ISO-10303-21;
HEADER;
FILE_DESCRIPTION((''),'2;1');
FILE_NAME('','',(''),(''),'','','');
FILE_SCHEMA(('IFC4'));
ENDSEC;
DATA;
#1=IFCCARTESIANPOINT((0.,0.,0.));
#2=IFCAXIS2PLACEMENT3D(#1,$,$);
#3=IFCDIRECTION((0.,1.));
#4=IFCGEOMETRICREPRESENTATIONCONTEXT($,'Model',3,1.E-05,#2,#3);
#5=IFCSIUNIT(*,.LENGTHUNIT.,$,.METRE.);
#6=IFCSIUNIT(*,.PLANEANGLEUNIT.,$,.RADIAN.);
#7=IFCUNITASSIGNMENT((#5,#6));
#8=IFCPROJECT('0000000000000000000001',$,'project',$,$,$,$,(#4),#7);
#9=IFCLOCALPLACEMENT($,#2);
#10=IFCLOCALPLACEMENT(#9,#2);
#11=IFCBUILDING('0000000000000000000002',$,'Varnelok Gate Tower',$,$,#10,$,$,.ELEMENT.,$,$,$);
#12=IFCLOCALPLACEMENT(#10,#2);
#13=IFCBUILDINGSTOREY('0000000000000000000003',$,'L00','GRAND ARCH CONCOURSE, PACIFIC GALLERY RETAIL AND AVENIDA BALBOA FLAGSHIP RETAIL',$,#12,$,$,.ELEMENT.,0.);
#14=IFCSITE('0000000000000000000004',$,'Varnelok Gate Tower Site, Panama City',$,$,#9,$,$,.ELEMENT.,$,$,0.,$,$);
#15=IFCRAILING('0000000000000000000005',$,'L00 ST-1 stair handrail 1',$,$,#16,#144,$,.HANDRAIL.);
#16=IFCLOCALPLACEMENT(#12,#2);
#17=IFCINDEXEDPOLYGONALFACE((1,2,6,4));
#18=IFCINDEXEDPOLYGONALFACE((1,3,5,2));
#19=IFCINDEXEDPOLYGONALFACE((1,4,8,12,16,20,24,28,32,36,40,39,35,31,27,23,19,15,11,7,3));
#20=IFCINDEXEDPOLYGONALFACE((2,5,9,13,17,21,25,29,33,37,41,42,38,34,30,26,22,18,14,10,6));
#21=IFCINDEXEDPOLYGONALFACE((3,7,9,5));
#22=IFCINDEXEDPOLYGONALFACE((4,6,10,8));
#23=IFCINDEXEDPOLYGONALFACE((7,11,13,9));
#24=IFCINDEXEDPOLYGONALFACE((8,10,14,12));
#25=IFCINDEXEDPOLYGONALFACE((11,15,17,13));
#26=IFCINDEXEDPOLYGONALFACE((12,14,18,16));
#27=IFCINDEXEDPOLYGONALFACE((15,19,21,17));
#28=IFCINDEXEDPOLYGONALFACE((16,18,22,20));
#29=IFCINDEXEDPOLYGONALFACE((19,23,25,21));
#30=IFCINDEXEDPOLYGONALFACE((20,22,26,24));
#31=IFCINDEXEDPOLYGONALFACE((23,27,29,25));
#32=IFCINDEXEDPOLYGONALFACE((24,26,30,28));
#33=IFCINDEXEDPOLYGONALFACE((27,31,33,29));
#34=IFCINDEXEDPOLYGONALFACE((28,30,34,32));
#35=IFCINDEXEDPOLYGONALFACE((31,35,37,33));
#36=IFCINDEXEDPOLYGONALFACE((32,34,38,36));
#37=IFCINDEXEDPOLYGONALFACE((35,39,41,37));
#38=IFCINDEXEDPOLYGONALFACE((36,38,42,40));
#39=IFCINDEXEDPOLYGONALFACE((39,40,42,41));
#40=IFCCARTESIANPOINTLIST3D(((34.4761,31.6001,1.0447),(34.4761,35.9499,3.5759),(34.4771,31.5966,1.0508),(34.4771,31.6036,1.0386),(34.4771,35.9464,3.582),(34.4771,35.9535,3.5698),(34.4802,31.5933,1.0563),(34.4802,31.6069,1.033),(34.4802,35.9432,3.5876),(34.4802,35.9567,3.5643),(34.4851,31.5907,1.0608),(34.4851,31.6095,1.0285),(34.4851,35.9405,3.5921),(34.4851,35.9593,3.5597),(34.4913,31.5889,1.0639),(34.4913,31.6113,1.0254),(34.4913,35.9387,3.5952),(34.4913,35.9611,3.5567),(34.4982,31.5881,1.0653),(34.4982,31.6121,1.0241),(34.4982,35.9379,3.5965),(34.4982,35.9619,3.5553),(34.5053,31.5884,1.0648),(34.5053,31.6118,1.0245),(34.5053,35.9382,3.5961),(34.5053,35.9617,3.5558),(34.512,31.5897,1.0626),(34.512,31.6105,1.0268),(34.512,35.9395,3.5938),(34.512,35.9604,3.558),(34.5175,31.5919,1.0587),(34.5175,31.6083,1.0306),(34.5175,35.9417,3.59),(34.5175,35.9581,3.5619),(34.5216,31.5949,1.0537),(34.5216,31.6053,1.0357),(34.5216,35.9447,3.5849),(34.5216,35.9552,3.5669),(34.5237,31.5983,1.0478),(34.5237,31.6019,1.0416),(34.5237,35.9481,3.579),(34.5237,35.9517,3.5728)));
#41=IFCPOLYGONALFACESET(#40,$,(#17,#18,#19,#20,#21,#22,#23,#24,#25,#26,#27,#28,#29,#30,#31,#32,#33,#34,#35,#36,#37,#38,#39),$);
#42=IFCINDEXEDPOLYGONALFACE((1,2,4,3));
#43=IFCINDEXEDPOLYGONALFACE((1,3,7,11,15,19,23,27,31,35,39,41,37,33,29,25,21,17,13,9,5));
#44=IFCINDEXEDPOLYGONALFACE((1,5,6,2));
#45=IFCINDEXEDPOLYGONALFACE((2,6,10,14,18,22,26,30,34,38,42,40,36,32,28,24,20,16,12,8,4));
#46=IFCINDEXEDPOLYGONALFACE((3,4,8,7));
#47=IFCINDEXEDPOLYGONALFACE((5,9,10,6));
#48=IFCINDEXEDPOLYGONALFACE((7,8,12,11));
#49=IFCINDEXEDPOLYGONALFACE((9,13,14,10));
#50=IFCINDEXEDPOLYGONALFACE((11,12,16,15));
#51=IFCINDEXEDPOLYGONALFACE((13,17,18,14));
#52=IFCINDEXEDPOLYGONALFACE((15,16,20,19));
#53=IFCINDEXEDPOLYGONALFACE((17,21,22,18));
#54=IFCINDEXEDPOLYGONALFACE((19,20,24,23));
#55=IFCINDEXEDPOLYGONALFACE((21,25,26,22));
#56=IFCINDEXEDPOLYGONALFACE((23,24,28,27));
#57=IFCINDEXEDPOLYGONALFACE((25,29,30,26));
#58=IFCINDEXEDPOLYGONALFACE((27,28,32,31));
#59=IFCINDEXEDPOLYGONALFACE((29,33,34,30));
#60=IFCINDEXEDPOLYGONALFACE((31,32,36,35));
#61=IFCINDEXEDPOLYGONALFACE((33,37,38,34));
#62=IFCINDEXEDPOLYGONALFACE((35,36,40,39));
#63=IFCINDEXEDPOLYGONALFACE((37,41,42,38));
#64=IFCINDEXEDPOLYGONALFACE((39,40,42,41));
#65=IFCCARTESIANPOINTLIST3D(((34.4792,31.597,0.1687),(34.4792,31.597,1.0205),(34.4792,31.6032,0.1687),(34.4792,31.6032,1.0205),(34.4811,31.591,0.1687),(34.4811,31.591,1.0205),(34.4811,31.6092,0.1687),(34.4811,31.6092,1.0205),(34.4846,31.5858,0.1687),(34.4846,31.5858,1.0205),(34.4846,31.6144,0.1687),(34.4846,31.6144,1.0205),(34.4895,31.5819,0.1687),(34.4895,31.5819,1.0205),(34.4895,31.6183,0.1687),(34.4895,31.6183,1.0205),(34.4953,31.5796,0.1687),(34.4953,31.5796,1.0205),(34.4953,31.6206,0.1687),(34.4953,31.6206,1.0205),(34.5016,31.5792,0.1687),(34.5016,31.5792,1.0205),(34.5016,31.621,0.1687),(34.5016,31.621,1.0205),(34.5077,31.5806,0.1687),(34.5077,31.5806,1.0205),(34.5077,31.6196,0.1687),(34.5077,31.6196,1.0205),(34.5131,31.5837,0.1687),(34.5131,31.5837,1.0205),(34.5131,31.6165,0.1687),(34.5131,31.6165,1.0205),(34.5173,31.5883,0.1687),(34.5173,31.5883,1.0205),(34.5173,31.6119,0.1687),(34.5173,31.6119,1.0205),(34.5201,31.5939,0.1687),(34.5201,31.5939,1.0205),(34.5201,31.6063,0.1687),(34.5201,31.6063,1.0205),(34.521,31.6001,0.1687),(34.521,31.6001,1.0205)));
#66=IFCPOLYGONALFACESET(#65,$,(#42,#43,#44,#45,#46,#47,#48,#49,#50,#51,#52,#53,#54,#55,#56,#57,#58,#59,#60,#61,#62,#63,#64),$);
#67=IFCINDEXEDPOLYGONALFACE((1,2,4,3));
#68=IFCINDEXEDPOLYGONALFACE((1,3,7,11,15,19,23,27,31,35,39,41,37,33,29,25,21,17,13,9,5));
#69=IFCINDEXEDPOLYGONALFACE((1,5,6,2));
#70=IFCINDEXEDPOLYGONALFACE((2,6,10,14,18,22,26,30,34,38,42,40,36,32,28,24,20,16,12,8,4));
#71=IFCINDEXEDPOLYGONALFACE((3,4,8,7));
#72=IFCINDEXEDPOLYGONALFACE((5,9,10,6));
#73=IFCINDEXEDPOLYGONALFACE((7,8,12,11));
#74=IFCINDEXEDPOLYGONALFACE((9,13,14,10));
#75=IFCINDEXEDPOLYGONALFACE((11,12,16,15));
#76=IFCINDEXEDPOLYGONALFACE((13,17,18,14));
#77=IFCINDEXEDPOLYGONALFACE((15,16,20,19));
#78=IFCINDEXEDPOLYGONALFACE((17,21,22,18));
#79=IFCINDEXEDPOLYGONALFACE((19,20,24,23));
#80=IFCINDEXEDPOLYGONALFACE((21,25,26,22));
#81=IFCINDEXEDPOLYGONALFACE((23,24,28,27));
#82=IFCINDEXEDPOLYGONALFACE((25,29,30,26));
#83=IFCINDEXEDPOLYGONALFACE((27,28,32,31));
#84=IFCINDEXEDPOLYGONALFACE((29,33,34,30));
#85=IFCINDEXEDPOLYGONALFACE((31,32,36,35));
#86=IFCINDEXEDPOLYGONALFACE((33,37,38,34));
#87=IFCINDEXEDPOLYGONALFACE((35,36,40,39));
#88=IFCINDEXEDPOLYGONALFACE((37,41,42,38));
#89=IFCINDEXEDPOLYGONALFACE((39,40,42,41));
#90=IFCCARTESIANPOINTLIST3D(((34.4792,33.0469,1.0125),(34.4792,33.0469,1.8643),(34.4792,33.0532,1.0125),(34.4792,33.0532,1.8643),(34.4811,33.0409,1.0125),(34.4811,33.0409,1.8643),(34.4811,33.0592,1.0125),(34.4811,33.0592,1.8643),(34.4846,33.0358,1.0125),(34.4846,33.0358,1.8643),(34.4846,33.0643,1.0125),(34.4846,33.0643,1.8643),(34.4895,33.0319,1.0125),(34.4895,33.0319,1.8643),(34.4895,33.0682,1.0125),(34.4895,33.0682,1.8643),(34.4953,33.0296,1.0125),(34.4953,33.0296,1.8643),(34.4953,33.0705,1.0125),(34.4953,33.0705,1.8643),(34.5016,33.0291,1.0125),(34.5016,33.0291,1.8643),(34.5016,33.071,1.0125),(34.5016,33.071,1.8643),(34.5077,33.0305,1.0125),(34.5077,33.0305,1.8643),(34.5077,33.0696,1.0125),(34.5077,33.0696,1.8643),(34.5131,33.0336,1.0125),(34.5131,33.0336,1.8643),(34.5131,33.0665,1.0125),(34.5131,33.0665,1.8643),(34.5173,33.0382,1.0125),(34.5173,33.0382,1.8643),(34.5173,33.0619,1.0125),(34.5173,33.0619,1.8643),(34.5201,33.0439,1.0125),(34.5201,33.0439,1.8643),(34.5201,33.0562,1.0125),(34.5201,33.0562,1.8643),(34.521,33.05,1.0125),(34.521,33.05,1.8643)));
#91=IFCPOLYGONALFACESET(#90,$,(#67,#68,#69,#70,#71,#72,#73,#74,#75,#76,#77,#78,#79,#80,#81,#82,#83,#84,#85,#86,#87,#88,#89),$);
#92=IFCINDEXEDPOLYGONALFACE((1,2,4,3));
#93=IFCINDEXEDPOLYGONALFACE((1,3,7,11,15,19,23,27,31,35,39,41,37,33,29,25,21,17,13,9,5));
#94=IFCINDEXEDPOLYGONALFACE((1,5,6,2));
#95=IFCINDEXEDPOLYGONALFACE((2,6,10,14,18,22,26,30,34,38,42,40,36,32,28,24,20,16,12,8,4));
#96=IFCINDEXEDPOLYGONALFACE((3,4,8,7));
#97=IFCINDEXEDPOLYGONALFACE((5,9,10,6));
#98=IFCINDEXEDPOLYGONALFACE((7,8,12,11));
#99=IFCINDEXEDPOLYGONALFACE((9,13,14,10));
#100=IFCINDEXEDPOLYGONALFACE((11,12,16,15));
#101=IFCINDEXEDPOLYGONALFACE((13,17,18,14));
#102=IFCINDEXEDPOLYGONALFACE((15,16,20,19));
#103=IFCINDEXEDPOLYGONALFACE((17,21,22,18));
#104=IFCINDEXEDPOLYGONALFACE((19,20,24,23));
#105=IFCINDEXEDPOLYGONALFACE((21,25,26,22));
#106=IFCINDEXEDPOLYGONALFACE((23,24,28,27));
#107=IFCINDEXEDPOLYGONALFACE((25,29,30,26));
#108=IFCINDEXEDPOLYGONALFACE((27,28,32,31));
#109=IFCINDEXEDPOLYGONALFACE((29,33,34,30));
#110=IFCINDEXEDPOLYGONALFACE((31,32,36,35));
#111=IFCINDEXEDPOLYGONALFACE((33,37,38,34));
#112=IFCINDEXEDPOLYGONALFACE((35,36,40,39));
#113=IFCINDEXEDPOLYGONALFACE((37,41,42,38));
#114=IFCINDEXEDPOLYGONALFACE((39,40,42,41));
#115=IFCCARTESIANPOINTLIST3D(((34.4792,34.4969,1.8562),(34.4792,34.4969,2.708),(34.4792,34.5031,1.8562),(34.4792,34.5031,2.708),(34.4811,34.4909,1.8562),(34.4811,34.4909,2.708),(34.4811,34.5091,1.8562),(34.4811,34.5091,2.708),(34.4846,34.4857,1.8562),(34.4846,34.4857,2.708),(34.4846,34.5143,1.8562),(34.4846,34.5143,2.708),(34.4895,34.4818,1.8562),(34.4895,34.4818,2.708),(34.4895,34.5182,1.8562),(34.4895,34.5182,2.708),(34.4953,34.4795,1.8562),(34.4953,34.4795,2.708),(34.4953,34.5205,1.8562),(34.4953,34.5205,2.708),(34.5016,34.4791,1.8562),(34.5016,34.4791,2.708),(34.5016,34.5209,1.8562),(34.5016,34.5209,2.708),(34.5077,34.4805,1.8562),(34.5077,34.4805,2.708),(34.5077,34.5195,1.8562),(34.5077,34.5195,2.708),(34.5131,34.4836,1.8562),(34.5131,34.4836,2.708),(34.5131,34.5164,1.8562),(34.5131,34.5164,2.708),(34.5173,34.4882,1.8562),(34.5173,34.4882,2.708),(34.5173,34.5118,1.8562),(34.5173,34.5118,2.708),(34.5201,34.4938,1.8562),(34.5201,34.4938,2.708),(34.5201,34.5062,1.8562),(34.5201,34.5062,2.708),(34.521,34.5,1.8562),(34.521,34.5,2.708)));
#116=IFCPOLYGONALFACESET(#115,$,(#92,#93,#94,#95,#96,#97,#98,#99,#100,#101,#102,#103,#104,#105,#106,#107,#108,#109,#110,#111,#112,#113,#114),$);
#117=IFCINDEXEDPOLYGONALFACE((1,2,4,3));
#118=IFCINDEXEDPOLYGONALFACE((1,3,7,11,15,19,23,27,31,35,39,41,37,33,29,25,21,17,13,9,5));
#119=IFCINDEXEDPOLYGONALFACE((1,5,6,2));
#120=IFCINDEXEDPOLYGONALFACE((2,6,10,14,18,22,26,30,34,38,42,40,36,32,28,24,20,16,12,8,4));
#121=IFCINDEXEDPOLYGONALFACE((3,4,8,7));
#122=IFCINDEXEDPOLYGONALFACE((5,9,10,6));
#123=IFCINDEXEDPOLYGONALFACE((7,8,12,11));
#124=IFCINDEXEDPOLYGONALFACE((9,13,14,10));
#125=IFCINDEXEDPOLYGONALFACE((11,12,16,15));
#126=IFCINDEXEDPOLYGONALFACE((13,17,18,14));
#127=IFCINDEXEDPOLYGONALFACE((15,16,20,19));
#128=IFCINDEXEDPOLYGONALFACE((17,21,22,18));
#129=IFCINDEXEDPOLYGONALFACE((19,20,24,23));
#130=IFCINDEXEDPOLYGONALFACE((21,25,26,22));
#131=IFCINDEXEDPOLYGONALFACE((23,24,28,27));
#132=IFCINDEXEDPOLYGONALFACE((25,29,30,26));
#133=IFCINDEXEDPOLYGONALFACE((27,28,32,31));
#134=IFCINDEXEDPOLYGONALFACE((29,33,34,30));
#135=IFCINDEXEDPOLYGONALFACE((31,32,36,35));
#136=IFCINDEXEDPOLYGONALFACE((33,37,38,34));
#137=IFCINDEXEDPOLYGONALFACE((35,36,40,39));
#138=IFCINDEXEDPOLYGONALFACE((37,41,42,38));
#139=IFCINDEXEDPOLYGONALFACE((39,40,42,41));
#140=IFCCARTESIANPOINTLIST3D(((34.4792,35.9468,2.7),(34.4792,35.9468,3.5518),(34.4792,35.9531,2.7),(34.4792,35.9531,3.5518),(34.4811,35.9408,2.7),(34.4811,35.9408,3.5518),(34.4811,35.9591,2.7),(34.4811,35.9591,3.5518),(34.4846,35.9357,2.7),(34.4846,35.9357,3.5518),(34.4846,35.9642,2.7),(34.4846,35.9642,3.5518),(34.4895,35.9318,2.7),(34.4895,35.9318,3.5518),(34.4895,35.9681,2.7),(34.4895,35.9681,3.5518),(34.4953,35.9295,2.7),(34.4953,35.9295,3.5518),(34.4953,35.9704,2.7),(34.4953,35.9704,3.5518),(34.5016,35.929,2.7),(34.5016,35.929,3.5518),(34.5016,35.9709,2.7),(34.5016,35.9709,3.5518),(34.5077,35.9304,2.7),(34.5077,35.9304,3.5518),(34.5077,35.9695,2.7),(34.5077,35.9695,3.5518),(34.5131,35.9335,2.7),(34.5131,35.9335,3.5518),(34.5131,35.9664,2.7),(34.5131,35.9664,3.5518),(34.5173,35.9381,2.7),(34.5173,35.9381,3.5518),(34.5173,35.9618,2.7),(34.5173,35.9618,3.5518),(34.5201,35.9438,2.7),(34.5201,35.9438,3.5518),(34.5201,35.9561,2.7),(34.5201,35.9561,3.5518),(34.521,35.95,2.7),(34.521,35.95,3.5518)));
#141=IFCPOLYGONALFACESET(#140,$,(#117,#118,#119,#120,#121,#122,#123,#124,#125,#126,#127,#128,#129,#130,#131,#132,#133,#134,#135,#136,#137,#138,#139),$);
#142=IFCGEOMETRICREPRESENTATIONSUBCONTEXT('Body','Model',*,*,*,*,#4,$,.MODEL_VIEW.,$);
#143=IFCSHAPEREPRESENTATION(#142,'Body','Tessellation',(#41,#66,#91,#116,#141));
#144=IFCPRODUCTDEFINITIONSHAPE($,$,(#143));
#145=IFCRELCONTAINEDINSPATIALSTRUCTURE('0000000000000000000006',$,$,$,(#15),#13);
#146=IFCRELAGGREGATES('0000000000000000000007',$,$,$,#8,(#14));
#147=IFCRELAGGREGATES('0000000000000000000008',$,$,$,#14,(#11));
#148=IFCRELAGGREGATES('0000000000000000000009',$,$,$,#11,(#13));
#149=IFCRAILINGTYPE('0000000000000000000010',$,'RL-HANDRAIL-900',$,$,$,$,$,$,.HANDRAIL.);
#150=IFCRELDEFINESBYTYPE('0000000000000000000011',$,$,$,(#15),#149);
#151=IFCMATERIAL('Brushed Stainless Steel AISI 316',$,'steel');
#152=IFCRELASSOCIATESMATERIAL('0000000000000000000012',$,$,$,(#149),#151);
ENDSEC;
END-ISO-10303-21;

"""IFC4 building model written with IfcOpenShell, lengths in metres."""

from ifc_helpers import new_model, si_unit, direction, frame, origin, origin_2d, place, context, subcontext, project, spatial, circle, extrude, material, type_object, element, save


model = new_model("IFC4")

# Units and contexts
model_context = context("Model", 3, precision=1e-05, world=origin(), true_north=direction((0.0, 1.0)))
body_context = subcontext(model_context, "Body", "Model", "MODEL_VIEW")
ifc_project = project(units=[si_unit("LENGTHUNIT", "METRE"), si_unit("PLANEANGLEUNIT", "RADIAN")], contexts=[model_context])

# Site, building, storey
site_placement = place(None, origin())
site = spatial("IfcSite", under=ifc_project, at=site_placement, Name="Varnelok Gate Tower Site, Panama City", CompositionType="ELEMENT", RefElevation=0.0)
building_placement = place(site_placement, origin())
building = spatial("IfcBuilding", under=site, at=building_placement, Name="Varnelok Gate Tower", CompositionType="ELEMENT")
storey_placement = place(building_placement, origin())
storey = spatial("IfcBuildingStorey", under=building, at=storey_placement, Name="L00", Description="GRAND ARCH CONCOURSE, PACIFIC GALLERY RETAIL AND AVENIDA BALBOA FLAGSHIP RETAIL", CompositionType="ELEMENT", Elevation=0.0)

# Railing
ifc_material_1 = material(Name="Brushed Stainless Steel AISI 316", Category="steel")
railing_type = type_object("IfcRailingType", Name="RL-HANDRAIL-900", PredefinedType="HANDRAIL", material=ifc_material_1)
railing_placement = place(storey_placement, frame((34.5, 31.6001, 0.1687)))
element("IfcRailing", 1, at=railing_placement, inside=storey, type_object=railing_type, Name="L00 ST-1 stair handrail 1", PredefinedType="HANDRAIL", context=body_context, shape_type="SweptSolid", body=[
    extrude(circle(Radius=0.0239, at=origin_2d()), frame((0.0, 0.0, 0.876), z_axis=(0.0, 0.864312, 0.502957), x_axis=(-1.0, 0.0, 0.0)), (0.0, 0.0, 1.0), 5.0327),
    extrude(circle(Radius=0.021, at=origin_2d()), origin(), (0.0, 0.0, 1.0), 0.8518),
    extrude(circle(Radius=0.021, at=origin_2d()), frame((0.0, 1.45, 0.8438)), (0.0, 0.0, 1.0), 0.8518),
    extrude(circle(Radius=0.021, at=origin_2d()), frame((0.0, 2.8999, 1.6875)), (0.0, 0.0, 1.0), 0.8518),
    extrude(circle(Radius=0.021, at=origin_2d()), frame((0.0, 4.3499, 2.5312)), (0.0, 0.0, 1.0), 0.8518),
])

save(model, "model.ifc")
